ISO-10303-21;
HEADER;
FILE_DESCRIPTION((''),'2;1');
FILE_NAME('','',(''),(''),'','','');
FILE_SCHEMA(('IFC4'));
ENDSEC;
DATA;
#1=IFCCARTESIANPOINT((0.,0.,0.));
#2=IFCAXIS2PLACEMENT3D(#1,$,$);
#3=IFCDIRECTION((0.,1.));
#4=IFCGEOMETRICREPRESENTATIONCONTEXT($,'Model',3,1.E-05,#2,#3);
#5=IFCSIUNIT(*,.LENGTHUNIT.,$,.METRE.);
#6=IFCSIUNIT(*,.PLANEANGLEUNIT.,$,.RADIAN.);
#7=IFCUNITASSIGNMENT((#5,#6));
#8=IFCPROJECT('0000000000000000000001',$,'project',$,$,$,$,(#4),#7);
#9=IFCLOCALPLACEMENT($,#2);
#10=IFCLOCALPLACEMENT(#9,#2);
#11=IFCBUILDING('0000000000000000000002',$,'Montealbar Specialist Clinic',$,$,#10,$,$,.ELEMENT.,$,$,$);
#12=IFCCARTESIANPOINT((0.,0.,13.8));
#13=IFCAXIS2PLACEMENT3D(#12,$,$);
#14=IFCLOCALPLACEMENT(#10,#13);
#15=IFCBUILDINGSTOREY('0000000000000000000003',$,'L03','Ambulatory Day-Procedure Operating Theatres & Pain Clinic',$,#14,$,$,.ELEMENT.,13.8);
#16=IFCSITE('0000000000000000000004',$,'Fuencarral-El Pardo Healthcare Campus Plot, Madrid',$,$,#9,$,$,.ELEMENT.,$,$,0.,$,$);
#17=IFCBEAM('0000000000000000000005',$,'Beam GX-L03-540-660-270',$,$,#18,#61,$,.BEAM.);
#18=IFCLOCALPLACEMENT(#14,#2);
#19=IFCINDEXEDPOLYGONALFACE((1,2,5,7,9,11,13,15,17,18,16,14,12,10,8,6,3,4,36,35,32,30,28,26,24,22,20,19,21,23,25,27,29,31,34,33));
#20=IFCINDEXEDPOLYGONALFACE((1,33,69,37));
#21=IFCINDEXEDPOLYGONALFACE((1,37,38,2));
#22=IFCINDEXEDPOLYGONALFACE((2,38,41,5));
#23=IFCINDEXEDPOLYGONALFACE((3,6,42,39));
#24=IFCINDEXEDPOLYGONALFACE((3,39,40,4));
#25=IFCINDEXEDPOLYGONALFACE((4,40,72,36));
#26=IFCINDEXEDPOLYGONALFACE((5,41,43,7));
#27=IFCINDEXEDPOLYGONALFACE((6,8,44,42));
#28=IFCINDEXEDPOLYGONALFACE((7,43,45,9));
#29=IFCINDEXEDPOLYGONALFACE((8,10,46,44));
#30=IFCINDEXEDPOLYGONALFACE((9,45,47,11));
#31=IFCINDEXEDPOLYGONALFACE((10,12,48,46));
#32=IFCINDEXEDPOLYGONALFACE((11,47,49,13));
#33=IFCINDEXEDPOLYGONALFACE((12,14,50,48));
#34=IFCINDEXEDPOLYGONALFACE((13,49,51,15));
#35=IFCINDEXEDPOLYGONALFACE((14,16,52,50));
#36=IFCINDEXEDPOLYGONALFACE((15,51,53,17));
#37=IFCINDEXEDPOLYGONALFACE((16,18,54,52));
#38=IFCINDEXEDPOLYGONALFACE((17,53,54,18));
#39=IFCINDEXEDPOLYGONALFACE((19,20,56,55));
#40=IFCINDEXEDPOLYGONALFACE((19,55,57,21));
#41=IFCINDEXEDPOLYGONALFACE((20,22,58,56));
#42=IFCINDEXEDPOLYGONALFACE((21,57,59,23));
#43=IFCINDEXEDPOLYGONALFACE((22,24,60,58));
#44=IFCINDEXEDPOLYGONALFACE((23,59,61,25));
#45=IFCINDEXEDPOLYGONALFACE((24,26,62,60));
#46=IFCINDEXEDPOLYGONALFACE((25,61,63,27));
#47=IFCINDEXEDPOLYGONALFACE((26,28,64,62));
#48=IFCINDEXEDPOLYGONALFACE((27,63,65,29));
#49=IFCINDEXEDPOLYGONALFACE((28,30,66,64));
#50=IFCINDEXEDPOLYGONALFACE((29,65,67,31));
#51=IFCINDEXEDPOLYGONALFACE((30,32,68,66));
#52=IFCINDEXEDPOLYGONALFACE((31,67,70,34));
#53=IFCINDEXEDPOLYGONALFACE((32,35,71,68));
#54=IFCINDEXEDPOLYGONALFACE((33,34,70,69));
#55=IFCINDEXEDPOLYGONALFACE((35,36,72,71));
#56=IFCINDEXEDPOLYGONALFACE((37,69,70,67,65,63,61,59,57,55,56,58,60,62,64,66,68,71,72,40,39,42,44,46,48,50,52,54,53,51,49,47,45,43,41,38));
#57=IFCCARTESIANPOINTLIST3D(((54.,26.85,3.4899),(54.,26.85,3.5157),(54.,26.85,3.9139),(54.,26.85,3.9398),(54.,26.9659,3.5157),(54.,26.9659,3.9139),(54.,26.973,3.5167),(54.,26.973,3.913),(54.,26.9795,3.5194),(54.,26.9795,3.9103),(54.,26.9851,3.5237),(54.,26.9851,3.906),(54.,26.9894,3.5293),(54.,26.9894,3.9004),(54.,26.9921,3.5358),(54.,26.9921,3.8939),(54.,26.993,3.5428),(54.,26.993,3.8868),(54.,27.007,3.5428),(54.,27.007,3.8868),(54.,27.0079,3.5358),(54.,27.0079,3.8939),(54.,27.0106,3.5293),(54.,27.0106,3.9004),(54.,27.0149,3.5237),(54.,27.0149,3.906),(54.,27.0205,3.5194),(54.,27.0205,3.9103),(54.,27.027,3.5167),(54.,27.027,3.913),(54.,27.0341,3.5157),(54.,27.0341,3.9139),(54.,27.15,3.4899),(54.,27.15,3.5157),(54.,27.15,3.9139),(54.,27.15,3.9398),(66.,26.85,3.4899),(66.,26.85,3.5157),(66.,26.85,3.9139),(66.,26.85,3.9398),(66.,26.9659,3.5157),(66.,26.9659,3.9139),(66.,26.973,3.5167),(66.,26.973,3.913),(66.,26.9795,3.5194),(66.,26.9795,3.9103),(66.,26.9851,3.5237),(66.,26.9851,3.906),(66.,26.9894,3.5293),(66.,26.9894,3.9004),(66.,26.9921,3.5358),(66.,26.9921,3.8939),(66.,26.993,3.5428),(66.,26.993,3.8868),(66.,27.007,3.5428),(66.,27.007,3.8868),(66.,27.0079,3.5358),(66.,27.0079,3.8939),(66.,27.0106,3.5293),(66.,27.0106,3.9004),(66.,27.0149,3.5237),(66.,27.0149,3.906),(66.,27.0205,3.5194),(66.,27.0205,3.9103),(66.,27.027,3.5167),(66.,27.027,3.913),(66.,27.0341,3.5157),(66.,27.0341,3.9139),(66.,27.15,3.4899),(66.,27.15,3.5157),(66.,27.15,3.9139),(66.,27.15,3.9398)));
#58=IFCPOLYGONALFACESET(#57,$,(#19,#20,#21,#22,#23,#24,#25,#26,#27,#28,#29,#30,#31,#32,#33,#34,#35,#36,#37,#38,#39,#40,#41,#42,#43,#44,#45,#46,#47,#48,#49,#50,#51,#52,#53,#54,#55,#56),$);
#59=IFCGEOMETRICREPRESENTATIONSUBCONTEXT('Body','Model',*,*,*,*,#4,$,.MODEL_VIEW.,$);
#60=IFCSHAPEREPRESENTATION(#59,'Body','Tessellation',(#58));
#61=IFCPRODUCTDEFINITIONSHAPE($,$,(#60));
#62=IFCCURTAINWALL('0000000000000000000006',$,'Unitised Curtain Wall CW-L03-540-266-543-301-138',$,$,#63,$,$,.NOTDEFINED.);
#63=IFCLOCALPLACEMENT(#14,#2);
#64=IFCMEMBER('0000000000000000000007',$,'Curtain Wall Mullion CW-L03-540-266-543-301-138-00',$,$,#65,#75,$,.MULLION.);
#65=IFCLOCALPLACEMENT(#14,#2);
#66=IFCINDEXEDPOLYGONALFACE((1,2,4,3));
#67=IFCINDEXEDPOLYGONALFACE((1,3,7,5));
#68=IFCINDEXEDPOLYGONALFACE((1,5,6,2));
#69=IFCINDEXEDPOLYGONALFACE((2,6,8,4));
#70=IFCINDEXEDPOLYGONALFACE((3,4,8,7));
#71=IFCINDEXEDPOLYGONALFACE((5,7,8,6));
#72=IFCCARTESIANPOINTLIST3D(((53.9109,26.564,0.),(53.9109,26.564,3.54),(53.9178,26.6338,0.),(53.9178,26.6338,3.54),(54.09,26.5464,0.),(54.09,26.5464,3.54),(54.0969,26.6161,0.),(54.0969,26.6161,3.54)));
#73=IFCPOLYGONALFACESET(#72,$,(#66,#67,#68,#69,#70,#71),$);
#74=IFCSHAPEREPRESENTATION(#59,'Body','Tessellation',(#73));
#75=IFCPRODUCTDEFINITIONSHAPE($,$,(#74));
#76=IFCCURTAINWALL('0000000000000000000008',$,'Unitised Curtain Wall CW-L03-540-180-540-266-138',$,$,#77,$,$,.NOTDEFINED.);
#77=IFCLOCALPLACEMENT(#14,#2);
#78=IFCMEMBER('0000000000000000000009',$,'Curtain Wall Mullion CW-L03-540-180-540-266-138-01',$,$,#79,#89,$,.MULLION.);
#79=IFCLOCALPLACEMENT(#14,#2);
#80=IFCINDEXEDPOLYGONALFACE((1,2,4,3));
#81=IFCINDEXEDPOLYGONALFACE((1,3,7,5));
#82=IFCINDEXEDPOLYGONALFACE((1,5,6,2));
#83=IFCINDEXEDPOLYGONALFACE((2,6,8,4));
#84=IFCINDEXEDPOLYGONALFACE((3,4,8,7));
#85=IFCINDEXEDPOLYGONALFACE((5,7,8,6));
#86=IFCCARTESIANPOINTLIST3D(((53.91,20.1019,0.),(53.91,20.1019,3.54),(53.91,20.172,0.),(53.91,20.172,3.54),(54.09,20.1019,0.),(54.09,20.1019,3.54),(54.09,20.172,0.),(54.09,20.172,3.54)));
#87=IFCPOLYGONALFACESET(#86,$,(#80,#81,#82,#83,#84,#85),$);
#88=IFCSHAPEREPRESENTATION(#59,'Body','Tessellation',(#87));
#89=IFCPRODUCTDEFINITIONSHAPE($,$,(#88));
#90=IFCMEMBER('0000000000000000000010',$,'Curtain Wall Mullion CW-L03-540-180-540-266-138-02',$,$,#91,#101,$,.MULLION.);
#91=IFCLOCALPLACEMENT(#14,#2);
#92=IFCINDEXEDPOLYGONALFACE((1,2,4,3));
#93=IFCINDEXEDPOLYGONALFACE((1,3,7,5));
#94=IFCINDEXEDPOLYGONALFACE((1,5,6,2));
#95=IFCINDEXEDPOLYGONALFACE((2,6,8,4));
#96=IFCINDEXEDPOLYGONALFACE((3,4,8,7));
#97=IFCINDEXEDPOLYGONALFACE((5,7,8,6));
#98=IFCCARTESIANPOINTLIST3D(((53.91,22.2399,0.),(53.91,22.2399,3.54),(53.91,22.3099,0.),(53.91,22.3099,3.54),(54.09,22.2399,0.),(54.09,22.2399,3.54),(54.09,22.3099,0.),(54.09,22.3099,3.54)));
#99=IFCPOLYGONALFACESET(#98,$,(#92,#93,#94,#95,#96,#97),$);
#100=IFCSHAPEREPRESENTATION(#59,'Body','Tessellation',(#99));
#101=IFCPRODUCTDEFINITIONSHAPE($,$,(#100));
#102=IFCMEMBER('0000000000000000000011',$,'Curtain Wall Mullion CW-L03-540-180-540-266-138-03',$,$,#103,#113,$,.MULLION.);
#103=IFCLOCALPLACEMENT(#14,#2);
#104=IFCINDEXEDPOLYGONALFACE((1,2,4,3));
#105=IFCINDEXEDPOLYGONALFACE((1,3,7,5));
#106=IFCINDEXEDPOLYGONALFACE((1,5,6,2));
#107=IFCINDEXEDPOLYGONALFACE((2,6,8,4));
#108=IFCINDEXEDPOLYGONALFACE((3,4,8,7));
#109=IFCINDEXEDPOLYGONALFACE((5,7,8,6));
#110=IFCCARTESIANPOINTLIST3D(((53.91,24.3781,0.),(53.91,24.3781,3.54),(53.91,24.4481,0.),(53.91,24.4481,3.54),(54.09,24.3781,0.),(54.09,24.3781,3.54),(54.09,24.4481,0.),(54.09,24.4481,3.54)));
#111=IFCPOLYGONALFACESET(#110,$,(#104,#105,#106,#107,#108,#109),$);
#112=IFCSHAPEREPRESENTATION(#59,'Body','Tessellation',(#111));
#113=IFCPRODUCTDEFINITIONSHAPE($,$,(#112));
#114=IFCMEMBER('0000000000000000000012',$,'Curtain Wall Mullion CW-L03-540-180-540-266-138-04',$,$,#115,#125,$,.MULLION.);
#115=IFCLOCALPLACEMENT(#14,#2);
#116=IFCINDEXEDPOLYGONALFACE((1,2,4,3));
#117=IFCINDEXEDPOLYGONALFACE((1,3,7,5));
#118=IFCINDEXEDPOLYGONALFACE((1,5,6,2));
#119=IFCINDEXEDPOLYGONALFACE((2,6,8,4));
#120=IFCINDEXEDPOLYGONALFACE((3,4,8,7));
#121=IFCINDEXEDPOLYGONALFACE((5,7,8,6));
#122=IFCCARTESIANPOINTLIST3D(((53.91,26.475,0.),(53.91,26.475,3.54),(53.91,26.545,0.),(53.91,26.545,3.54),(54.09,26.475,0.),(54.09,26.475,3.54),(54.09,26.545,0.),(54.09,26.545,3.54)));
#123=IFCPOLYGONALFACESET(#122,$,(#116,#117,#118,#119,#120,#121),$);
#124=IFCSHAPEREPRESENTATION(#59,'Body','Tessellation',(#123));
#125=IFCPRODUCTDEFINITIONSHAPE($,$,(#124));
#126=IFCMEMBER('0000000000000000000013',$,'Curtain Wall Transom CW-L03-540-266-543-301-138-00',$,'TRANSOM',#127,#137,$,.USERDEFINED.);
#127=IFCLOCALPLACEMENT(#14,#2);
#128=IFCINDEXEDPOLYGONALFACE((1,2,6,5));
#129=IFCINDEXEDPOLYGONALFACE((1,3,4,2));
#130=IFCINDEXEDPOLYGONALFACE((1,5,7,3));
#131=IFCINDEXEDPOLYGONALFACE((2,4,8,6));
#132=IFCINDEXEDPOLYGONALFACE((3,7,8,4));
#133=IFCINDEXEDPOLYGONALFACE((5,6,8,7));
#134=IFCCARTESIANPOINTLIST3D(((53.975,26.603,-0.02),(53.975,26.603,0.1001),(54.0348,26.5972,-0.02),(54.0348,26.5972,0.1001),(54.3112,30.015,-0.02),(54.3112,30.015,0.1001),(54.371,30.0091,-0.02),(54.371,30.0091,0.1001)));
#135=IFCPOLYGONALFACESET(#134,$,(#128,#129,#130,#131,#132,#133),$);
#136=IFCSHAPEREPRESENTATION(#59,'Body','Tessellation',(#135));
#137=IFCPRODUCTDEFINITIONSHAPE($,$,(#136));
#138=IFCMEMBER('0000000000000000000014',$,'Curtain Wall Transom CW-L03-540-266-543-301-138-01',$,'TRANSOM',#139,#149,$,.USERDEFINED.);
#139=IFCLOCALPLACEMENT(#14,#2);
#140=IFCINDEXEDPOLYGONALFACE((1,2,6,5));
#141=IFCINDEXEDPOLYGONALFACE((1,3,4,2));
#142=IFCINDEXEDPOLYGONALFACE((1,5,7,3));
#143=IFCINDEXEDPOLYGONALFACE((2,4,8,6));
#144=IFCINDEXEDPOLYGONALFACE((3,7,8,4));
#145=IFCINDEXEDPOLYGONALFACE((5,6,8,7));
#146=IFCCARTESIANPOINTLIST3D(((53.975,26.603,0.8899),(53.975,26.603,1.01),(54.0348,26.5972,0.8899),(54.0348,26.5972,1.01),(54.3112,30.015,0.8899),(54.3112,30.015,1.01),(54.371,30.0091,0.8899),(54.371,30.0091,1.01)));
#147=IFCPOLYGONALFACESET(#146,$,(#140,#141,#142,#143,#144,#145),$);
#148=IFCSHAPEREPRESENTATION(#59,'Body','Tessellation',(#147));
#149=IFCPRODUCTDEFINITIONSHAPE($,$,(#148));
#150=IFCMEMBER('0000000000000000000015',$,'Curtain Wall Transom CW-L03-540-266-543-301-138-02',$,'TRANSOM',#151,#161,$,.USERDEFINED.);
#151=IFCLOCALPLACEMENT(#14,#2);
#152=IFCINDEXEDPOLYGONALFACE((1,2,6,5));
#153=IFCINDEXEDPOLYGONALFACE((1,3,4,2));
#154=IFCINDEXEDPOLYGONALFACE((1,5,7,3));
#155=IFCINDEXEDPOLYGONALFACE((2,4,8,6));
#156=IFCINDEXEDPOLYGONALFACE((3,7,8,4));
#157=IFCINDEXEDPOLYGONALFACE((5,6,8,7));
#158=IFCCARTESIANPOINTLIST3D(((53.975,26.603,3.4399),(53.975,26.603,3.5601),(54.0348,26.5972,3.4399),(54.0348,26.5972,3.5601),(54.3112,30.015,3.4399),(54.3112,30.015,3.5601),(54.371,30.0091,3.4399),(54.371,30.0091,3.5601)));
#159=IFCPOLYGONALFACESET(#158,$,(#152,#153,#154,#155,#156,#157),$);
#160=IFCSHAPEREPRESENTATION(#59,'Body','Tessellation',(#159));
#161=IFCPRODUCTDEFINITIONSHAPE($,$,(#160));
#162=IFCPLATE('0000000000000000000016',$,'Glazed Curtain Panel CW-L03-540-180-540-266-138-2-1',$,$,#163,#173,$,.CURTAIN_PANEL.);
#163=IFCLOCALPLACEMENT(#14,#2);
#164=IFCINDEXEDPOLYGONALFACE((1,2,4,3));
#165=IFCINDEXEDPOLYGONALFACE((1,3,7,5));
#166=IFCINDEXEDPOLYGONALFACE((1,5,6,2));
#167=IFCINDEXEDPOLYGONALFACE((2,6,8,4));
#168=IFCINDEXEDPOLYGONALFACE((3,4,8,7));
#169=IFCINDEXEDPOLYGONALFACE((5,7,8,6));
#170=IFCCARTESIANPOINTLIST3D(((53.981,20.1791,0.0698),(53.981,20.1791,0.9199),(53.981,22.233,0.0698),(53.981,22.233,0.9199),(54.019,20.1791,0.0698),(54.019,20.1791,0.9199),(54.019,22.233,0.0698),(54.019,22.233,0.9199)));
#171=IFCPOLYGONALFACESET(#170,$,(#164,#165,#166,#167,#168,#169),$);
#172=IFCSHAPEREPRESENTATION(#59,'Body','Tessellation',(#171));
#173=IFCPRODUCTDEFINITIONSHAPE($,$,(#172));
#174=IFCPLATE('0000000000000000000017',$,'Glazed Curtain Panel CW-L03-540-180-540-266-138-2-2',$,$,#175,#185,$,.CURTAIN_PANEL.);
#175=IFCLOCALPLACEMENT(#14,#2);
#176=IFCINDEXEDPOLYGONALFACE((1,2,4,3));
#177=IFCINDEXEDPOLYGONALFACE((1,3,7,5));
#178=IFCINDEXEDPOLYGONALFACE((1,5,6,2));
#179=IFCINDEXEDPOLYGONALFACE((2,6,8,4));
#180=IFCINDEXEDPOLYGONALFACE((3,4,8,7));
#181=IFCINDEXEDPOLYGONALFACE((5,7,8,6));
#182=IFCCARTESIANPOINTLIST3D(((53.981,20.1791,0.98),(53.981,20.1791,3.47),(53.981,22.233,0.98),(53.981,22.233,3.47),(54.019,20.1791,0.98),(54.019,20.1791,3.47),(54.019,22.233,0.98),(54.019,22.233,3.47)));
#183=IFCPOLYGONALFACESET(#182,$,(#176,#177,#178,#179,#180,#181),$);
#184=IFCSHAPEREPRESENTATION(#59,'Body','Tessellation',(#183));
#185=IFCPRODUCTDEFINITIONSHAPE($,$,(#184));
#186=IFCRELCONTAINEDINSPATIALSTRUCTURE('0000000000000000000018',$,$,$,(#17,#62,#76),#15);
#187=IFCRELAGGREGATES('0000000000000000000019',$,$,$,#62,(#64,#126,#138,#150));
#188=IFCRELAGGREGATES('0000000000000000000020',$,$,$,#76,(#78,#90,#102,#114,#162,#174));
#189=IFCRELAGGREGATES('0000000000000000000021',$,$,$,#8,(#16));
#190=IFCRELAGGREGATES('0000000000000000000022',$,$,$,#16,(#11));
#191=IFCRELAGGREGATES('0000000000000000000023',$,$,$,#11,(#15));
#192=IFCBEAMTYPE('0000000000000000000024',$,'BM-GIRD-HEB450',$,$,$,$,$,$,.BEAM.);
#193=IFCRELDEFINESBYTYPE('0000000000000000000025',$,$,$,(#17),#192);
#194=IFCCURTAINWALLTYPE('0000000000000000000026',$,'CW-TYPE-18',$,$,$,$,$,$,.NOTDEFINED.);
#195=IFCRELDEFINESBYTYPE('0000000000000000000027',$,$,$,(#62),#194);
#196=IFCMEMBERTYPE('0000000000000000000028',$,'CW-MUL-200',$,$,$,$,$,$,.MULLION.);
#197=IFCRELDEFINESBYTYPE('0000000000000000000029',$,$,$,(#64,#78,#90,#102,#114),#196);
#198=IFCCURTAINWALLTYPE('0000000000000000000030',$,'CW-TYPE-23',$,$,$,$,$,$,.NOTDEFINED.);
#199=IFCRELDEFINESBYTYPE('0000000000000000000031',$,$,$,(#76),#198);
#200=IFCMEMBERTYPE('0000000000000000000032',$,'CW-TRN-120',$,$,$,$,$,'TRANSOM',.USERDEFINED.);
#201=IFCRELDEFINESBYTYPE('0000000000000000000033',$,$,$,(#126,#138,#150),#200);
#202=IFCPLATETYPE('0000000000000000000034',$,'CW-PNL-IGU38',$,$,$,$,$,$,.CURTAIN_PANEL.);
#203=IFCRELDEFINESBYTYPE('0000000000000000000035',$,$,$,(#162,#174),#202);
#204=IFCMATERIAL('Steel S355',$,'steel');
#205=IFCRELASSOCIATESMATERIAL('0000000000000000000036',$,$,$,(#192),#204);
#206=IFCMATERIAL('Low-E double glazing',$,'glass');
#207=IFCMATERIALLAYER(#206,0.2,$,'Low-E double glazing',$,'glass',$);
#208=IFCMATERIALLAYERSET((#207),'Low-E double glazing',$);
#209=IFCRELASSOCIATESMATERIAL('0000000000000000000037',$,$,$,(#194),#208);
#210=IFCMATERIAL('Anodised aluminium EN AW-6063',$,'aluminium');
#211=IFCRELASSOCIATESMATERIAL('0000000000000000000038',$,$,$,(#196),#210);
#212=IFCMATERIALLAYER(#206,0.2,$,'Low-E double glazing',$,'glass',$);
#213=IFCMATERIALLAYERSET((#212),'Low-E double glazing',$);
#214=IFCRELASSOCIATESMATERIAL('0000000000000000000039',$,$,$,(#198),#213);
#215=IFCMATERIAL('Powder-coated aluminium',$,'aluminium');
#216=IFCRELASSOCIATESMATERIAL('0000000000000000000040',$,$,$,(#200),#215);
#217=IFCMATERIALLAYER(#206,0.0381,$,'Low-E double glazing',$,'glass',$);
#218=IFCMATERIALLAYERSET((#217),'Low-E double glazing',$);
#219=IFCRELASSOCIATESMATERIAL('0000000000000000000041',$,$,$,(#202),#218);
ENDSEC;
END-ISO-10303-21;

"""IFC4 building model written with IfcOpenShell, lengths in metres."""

from ifc_helpers import new_model, si_unit, direction, frame, origin, origin_2d, place, context, subcontext, project, spatial, rectangle, i_section, extrude, material, layer, layer_set, material_profile, profile_set, type_object, element, aggregate, save


model = new_model("IFC4")

# Units and contexts
model_context = context("Model", 3, precision=1e-05, world=origin(), true_north=direction((0.0, 1.0)))
body_context = subcontext(model_context, "Body", "Model", "MODEL_VIEW")
ifc_project = project(units=[si_unit("LENGTHUNIT", "METRE"), si_unit("PLANEANGLEUNIT", "RADIAN")], contexts=[model_context])

# Site, building, storey
site_placement = place(None, origin())
site = spatial("IfcSite", under=ifc_project, at=site_placement, Name="Fuencarral-El Pardo Healthcare Campus Plot, Madrid", CompositionType="ELEMENT", RefElevation=0.0)
building_placement = place(site_placement, origin())
building = spatial("IfcBuilding", under=site, at=building_placement, Name="Montealbar Specialist Clinic", CompositionType="ELEMENT")
storey_placement = place(building_placement, frame((0.0, 0.0, 13.8)))
storey = spatial("IfcBuildingStorey", under=building, at=storey_placement, Name="L03", Description="Ambulatory Day-Procedure Operating Theatres & Pain Clinic", CompositionType="ELEMENT", Elevation=13.8)

# Shared definitions
ifc_material_1 = material(Name="Steel S355", Category="steel")

# Beam
ifc_material_profile_1 = material_profile(ifc_material_1, i_section(OverallWidth=0.3, OverallDepth=0.45, WebThickness=0.0139, FlangeThickness=0.0259, FilletRadius=0.0271, at=origin_2d()), Name="HEB 450", Category="steel")
ifc_profile_set_1 = profile_set([ifc_material_profile_1], Name="Steel S355")
beam_type_1 = type_object("IfcBeamType", Name="BM-GIRD-HEB450", PredefinedType="BEAM", material=ifc_profile_set_1)
beam_1_placement = place(storey_placement, frame((54.0, 27.0, 3.7148), z_axis=(1.0, 0.0, 0.0), x_axis=(0.0, 1.0, 0.0)))
element("IfcBeam", 1, at=beam_1_placement, inside=storey, type_object=beam_type_1, Name="Beam GX-L03-540-660-270", PredefinedType="BEAM", context=body_context, shape_type="SweptSolid", body=[
    extrude(i_section(OverallWidth=0.3, OverallDepth=0.45, WebThickness=0.0139, FlangeThickness=0.0259, FilletRadius=0.0271, at=origin_2d()), origin(), (0.0, 0.0, 1.0), 12.0),
])

# Curtain wall, member
ifc_material_2 = material(Name="Low-E double glazing", Category="glass")
ifc_layer_1 = layer(ifc_material_2, 0.2, Name="Low-E double glazing", Category="glass")
ifc_layer_set_1 = layer_set([ifc_layer_1], Name="Low-E double glazing")
curtain_wall_type_1 = type_object("IfcCurtainWallType", Name="CW-TYPE-18", PredefinedType="NOTDEFINED", material=ifc_layer_set_1)
curtain_wall_1_placement = place(storey_placement, origin())
curtain_wall_1 = element("IfcCurtainWall", 2, at=curtain_wall_1_placement, inside=storey, type_object=curtain_wall_type_1, Name="Unitised Curtain Wall CW-L03-540-266-543-301-138", PredefinedType="NOTDEFINED")
ifc_material_3 = material(Name="Anodised aluminium EN AW-6063", Category="aluminium")
ifc_material_profile_2 = material_profile(ifc_material_3, rectangle(XDim=0.0701, YDim=0.1799, at=origin_2d()), Name="ALU 70x180", Category="aluminium")
ifc_profile_set_2 = profile_set([ifc_material_profile_2], Name="Anodised aluminium EN AW-6063")
member_type_1 = type_object("IfcMemberType", Name="CW-MUL-200", PredefinedType="MULLION", material=ifc_profile_set_2)
member_1_placement = place(storey_placement, frame((54.0039, 26.5901, 0.0), z_axis=(0.0, 0.0, 1.0), x_axis=(0.098045, 0.995182, 0.0)))
member_1 = element("IfcMember", 3, at=member_1_placement, type_object=member_type_1, Name="Curtain Wall Mullion CW-L03-540-266-543-301-138-00", PredefinedType="MULLION", context=body_context, shape_type="SweptSolid", body=[
    extrude(rectangle(XDim=0.0701, YDim=0.1799, at=origin_2d()), origin(), (0.0, 0.0, 1.0), 3.54),
])

# Curtain wall, members
ifc_layer_2 = layer(ifc_material_2, 0.2, Name="Low-E double glazing", Category="glass")
ifc_layer_set_2 = layer_set([ifc_layer_2], Name="Low-E double glazing")
curtain_wall_type_2 = type_object("IfcCurtainWallType", Name="CW-TYPE-23", PredefinedType="NOTDEFINED", material=ifc_layer_set_2)
curtain_wall_2_placement = place(storey_placement, origin())
curtain_wall_2 = element("IfcCurtainWall", 4, at=curtain_wall_2_placement, inside=storey, type_object=curtain_wall_type_2, Name="Unitised Curtain Wall CW-L03-540-180-540-266-138", PredefinedType="NOTDEFINED")
member_2_placement = place(storey_placement, frame((54.0, 20.137, 0.0), z_axis=(0.0, 0.0, 1.0), x_axis=(0.0, 1.0, 0.0)))
member_2 = element("IfcMember", 5, at=member_2_placement, type_object=member_type_1, Name="Curtain Wall Mullion CW-L03-540-180-540-266-138-01", PredefinedType="MULLION", context=body_context, shape_type="SweptSolid", body=[
    extrude(rectangle(XDim=0.0701, YDim=0.1799, at=origin_2d()), origin(), (0.0, 0.0, 1.0), 3.54),
])
member_3_placement = place(storey_placement, frame((54.0, 22.2749, 0.0), z_axis=(0.0, 0.0, 1.0), x_axis=(0.0, 1.0, 0.0)))
member_3 = element("IfcMember", 6, at=member_3_placement, type_object=member_type_1, Name="Curtain Wall Mullion CW-L03-540-180-540-266-138-02", PredefinedType="MULLION", context=body_context, shape_type="SweptSolid", body=[
    extrude(rectangle(XDim=0.0701, YDim=0.1799, at=origin_2d()), origin(), (0.0, 0.0, 1.0), 3.54),
])
member_4_placement = place(storey_placement, frame((54.0, 24.4131, 0.0), z_axis=(0.0, 0.0, 1.0), x_axis=(0.0, 1.0, 0.0)))
member_4 = element("IfcMember", 7, at=member_4_placement, type_object=member_type_1, Name="Curtain Wall Mullion CW-L03-540-180-540-266-138-03", PredefinedType="MULLION", context=body_context, shape_type="SweptSolid", body=[
    extrude(rectangle(XDim=0.0701, YDim=0.1799, at=origin_2d()), origin(), (0.0, 0.0, 1.0), 3.54),
])
member_5_placement = place(storey_placement, frame((54.0, 26.51, 0.0), z_axis=(0.0, 0.0, 1.0), x_axis=(0.0, 1.0, 0.0)))
member_5 = element("IfcMember", 8, at=member_5_placement, type_object=member_type_1, Name="Curtain Wall Mullion CW-L03-540-180-540-266-138-04", PredefinedType="MULLION", context=body_context, shape_type="SweptSolid", body=[
    extrude(rectangle(XDim=0.0701, YDim=0.1799, at=origin_2d()), origin(), (0.0, 0.0, 1.0), 3.54),
])

# Members
ifc_material_4 = material(Name="Powder-coated aluminium", Category="aluminium")
ifc_material_profile_3 = material_profile(ifc_material_4, rectangle(XDim=0.0601, YDim=0.1201, at=origin_2d()), Name="ALU 60x120", Category="aluminium")
ifc_profile_set_3 = profile_set([ifc_material_profile_3], Name="Powder-coated aluminium")
member_type_2 = type_object("IfcMemberType", Name="CW-TRN-120", ElementType="TRANSOM", PredefinedType="USERDEFINED", material=ifc_profile_set_3)
member_6_placement = place(storey_placement, frame((54.0049, 26.6001, 0.04), z_axis=(0.098058, 0.995181, 0.0), x_axis=(-0.995181, 0.098058, 0.0)))
member_6 = element("IfcMember", 9, at=member_6_placement, type_object=member_type_2, Name="Curtain Wall Transom CW-L03-540-266-543-301-138-00", ObjectType="TRANSOM", PredefinedType="USERDEFINED", context=body_context, shape_type="SweptSolid", body=[
    extrude(rectangle(XDim=0.0601, YDim=0.1201, at=origin_2d()), origin(), (0.0, 0.0, 1.0), 3.4285),
])
member_7_placement = place(storey_placement, frame((54.0049, 26.6001, 0.95), z_axis=(0.098058, 0.995181, 0.0), x_axis=(-0.995181, 0.098058, 0.0)))
member_7 = element("IfcMember", 10, at=member_7_placement, type_object=member_type_2, Name="Curtain Wall Transom CW-L03-540-266-543-301-138-01", ObjectType="TRANSOM", PredefinedType="USERDEFINED", context=body_context, shape_type="SweptSolid", body=[
    extrude(rectangle(XDim=0.0601, YDim=0.1201, at=origin_2d()), origin(), (0.0, 0.0, 1.0), 3.4285),
])
member_8_placement = place(storey_placement, frame((54.0049, 26.6001, 3.5), z_axis=(0.098058, 0.995181, 0.0), x_axis=(-0.995181, 0.098058, 0.0)))
member_8 = element("IfcMember", 11, at=member_8_placement, type_object=member_type_2, Name="Curtain Wall Transom CW-L03-540-266-543-301-138-02", ObjectType="TRANSOM", PredefinedType="USERDEFINED", context=body_context, shape_type="SweptSolid", body=[
    extrude(rectangle(XDim=0.0601, YDim=0.1201, at=origin_2d()), origin(), (0.0, 0.0, 1.0), 3.4285),
])
aggregate(curtain_wall_1, [member_1, member_6, member_7, member_8])

# Plates
ifc_layer_3 = layer(ifc_material_2, 0.0381, Name="Low-E double glazing", Category="glass")
ifc_layer_set_3 = layer_set([ifc_layer_3], Name="Low-E double glazing")
plate_type = type_object("IfcPlateType", Name="CW-PNL-IGU38", PredefinedType="CURTAIN_PANEL", material=ifc_layer_set_3)
plate_1_placement = place(storey_placement, frame((54.0, 21.2061, 0.0698), z_axis=(0.0, 0.0, 1.0), x_axis=(0.0, 1.0, 0.0)))
plate_1 = element("IfcPlate", 12, at=plate_1_placement, type_object=plate_type, Name="Glazed Curtain Panel CW-L03-540-180-540-266-138-2-1", PredefinedType="CURTAIN_PANEL", context=body_context, shape_type="SweptSolid", body=[
    extrude(rectangle(XDim=2.054, YDim=0.0381, at=origin_2d()), origin(), (0.0, 0.0, 1.0), 0.8501),
])
plate_2_placement = place(storey_placement, frame((54.0, 21.2061, 0.98), z_axis=(0.0, 0.0, 1.0), x_axis=(0.0, 1.0, 0.0)))
plate_2 = element("IfcPlate", 13, at=plate_2_placement, type_object=plate_type, Name="Glazed Curtain Panel CW-L03-540-180-540-266-138-2-2", PredefinedType="CURTAIN_PANEL", context=body_context, shape_type="SweptSolid", body=[
    extrude(rectangle(XDim=2.054, YDim=0.0381, at=origin_2d()), origin(), (0.0, 0.0, 1.0), 2.49),
])
aggregate(curtain_wall_2, [member_2, member_3, member_4, member_5, plate_1, plate_2])

save(model, "model.ifc")
